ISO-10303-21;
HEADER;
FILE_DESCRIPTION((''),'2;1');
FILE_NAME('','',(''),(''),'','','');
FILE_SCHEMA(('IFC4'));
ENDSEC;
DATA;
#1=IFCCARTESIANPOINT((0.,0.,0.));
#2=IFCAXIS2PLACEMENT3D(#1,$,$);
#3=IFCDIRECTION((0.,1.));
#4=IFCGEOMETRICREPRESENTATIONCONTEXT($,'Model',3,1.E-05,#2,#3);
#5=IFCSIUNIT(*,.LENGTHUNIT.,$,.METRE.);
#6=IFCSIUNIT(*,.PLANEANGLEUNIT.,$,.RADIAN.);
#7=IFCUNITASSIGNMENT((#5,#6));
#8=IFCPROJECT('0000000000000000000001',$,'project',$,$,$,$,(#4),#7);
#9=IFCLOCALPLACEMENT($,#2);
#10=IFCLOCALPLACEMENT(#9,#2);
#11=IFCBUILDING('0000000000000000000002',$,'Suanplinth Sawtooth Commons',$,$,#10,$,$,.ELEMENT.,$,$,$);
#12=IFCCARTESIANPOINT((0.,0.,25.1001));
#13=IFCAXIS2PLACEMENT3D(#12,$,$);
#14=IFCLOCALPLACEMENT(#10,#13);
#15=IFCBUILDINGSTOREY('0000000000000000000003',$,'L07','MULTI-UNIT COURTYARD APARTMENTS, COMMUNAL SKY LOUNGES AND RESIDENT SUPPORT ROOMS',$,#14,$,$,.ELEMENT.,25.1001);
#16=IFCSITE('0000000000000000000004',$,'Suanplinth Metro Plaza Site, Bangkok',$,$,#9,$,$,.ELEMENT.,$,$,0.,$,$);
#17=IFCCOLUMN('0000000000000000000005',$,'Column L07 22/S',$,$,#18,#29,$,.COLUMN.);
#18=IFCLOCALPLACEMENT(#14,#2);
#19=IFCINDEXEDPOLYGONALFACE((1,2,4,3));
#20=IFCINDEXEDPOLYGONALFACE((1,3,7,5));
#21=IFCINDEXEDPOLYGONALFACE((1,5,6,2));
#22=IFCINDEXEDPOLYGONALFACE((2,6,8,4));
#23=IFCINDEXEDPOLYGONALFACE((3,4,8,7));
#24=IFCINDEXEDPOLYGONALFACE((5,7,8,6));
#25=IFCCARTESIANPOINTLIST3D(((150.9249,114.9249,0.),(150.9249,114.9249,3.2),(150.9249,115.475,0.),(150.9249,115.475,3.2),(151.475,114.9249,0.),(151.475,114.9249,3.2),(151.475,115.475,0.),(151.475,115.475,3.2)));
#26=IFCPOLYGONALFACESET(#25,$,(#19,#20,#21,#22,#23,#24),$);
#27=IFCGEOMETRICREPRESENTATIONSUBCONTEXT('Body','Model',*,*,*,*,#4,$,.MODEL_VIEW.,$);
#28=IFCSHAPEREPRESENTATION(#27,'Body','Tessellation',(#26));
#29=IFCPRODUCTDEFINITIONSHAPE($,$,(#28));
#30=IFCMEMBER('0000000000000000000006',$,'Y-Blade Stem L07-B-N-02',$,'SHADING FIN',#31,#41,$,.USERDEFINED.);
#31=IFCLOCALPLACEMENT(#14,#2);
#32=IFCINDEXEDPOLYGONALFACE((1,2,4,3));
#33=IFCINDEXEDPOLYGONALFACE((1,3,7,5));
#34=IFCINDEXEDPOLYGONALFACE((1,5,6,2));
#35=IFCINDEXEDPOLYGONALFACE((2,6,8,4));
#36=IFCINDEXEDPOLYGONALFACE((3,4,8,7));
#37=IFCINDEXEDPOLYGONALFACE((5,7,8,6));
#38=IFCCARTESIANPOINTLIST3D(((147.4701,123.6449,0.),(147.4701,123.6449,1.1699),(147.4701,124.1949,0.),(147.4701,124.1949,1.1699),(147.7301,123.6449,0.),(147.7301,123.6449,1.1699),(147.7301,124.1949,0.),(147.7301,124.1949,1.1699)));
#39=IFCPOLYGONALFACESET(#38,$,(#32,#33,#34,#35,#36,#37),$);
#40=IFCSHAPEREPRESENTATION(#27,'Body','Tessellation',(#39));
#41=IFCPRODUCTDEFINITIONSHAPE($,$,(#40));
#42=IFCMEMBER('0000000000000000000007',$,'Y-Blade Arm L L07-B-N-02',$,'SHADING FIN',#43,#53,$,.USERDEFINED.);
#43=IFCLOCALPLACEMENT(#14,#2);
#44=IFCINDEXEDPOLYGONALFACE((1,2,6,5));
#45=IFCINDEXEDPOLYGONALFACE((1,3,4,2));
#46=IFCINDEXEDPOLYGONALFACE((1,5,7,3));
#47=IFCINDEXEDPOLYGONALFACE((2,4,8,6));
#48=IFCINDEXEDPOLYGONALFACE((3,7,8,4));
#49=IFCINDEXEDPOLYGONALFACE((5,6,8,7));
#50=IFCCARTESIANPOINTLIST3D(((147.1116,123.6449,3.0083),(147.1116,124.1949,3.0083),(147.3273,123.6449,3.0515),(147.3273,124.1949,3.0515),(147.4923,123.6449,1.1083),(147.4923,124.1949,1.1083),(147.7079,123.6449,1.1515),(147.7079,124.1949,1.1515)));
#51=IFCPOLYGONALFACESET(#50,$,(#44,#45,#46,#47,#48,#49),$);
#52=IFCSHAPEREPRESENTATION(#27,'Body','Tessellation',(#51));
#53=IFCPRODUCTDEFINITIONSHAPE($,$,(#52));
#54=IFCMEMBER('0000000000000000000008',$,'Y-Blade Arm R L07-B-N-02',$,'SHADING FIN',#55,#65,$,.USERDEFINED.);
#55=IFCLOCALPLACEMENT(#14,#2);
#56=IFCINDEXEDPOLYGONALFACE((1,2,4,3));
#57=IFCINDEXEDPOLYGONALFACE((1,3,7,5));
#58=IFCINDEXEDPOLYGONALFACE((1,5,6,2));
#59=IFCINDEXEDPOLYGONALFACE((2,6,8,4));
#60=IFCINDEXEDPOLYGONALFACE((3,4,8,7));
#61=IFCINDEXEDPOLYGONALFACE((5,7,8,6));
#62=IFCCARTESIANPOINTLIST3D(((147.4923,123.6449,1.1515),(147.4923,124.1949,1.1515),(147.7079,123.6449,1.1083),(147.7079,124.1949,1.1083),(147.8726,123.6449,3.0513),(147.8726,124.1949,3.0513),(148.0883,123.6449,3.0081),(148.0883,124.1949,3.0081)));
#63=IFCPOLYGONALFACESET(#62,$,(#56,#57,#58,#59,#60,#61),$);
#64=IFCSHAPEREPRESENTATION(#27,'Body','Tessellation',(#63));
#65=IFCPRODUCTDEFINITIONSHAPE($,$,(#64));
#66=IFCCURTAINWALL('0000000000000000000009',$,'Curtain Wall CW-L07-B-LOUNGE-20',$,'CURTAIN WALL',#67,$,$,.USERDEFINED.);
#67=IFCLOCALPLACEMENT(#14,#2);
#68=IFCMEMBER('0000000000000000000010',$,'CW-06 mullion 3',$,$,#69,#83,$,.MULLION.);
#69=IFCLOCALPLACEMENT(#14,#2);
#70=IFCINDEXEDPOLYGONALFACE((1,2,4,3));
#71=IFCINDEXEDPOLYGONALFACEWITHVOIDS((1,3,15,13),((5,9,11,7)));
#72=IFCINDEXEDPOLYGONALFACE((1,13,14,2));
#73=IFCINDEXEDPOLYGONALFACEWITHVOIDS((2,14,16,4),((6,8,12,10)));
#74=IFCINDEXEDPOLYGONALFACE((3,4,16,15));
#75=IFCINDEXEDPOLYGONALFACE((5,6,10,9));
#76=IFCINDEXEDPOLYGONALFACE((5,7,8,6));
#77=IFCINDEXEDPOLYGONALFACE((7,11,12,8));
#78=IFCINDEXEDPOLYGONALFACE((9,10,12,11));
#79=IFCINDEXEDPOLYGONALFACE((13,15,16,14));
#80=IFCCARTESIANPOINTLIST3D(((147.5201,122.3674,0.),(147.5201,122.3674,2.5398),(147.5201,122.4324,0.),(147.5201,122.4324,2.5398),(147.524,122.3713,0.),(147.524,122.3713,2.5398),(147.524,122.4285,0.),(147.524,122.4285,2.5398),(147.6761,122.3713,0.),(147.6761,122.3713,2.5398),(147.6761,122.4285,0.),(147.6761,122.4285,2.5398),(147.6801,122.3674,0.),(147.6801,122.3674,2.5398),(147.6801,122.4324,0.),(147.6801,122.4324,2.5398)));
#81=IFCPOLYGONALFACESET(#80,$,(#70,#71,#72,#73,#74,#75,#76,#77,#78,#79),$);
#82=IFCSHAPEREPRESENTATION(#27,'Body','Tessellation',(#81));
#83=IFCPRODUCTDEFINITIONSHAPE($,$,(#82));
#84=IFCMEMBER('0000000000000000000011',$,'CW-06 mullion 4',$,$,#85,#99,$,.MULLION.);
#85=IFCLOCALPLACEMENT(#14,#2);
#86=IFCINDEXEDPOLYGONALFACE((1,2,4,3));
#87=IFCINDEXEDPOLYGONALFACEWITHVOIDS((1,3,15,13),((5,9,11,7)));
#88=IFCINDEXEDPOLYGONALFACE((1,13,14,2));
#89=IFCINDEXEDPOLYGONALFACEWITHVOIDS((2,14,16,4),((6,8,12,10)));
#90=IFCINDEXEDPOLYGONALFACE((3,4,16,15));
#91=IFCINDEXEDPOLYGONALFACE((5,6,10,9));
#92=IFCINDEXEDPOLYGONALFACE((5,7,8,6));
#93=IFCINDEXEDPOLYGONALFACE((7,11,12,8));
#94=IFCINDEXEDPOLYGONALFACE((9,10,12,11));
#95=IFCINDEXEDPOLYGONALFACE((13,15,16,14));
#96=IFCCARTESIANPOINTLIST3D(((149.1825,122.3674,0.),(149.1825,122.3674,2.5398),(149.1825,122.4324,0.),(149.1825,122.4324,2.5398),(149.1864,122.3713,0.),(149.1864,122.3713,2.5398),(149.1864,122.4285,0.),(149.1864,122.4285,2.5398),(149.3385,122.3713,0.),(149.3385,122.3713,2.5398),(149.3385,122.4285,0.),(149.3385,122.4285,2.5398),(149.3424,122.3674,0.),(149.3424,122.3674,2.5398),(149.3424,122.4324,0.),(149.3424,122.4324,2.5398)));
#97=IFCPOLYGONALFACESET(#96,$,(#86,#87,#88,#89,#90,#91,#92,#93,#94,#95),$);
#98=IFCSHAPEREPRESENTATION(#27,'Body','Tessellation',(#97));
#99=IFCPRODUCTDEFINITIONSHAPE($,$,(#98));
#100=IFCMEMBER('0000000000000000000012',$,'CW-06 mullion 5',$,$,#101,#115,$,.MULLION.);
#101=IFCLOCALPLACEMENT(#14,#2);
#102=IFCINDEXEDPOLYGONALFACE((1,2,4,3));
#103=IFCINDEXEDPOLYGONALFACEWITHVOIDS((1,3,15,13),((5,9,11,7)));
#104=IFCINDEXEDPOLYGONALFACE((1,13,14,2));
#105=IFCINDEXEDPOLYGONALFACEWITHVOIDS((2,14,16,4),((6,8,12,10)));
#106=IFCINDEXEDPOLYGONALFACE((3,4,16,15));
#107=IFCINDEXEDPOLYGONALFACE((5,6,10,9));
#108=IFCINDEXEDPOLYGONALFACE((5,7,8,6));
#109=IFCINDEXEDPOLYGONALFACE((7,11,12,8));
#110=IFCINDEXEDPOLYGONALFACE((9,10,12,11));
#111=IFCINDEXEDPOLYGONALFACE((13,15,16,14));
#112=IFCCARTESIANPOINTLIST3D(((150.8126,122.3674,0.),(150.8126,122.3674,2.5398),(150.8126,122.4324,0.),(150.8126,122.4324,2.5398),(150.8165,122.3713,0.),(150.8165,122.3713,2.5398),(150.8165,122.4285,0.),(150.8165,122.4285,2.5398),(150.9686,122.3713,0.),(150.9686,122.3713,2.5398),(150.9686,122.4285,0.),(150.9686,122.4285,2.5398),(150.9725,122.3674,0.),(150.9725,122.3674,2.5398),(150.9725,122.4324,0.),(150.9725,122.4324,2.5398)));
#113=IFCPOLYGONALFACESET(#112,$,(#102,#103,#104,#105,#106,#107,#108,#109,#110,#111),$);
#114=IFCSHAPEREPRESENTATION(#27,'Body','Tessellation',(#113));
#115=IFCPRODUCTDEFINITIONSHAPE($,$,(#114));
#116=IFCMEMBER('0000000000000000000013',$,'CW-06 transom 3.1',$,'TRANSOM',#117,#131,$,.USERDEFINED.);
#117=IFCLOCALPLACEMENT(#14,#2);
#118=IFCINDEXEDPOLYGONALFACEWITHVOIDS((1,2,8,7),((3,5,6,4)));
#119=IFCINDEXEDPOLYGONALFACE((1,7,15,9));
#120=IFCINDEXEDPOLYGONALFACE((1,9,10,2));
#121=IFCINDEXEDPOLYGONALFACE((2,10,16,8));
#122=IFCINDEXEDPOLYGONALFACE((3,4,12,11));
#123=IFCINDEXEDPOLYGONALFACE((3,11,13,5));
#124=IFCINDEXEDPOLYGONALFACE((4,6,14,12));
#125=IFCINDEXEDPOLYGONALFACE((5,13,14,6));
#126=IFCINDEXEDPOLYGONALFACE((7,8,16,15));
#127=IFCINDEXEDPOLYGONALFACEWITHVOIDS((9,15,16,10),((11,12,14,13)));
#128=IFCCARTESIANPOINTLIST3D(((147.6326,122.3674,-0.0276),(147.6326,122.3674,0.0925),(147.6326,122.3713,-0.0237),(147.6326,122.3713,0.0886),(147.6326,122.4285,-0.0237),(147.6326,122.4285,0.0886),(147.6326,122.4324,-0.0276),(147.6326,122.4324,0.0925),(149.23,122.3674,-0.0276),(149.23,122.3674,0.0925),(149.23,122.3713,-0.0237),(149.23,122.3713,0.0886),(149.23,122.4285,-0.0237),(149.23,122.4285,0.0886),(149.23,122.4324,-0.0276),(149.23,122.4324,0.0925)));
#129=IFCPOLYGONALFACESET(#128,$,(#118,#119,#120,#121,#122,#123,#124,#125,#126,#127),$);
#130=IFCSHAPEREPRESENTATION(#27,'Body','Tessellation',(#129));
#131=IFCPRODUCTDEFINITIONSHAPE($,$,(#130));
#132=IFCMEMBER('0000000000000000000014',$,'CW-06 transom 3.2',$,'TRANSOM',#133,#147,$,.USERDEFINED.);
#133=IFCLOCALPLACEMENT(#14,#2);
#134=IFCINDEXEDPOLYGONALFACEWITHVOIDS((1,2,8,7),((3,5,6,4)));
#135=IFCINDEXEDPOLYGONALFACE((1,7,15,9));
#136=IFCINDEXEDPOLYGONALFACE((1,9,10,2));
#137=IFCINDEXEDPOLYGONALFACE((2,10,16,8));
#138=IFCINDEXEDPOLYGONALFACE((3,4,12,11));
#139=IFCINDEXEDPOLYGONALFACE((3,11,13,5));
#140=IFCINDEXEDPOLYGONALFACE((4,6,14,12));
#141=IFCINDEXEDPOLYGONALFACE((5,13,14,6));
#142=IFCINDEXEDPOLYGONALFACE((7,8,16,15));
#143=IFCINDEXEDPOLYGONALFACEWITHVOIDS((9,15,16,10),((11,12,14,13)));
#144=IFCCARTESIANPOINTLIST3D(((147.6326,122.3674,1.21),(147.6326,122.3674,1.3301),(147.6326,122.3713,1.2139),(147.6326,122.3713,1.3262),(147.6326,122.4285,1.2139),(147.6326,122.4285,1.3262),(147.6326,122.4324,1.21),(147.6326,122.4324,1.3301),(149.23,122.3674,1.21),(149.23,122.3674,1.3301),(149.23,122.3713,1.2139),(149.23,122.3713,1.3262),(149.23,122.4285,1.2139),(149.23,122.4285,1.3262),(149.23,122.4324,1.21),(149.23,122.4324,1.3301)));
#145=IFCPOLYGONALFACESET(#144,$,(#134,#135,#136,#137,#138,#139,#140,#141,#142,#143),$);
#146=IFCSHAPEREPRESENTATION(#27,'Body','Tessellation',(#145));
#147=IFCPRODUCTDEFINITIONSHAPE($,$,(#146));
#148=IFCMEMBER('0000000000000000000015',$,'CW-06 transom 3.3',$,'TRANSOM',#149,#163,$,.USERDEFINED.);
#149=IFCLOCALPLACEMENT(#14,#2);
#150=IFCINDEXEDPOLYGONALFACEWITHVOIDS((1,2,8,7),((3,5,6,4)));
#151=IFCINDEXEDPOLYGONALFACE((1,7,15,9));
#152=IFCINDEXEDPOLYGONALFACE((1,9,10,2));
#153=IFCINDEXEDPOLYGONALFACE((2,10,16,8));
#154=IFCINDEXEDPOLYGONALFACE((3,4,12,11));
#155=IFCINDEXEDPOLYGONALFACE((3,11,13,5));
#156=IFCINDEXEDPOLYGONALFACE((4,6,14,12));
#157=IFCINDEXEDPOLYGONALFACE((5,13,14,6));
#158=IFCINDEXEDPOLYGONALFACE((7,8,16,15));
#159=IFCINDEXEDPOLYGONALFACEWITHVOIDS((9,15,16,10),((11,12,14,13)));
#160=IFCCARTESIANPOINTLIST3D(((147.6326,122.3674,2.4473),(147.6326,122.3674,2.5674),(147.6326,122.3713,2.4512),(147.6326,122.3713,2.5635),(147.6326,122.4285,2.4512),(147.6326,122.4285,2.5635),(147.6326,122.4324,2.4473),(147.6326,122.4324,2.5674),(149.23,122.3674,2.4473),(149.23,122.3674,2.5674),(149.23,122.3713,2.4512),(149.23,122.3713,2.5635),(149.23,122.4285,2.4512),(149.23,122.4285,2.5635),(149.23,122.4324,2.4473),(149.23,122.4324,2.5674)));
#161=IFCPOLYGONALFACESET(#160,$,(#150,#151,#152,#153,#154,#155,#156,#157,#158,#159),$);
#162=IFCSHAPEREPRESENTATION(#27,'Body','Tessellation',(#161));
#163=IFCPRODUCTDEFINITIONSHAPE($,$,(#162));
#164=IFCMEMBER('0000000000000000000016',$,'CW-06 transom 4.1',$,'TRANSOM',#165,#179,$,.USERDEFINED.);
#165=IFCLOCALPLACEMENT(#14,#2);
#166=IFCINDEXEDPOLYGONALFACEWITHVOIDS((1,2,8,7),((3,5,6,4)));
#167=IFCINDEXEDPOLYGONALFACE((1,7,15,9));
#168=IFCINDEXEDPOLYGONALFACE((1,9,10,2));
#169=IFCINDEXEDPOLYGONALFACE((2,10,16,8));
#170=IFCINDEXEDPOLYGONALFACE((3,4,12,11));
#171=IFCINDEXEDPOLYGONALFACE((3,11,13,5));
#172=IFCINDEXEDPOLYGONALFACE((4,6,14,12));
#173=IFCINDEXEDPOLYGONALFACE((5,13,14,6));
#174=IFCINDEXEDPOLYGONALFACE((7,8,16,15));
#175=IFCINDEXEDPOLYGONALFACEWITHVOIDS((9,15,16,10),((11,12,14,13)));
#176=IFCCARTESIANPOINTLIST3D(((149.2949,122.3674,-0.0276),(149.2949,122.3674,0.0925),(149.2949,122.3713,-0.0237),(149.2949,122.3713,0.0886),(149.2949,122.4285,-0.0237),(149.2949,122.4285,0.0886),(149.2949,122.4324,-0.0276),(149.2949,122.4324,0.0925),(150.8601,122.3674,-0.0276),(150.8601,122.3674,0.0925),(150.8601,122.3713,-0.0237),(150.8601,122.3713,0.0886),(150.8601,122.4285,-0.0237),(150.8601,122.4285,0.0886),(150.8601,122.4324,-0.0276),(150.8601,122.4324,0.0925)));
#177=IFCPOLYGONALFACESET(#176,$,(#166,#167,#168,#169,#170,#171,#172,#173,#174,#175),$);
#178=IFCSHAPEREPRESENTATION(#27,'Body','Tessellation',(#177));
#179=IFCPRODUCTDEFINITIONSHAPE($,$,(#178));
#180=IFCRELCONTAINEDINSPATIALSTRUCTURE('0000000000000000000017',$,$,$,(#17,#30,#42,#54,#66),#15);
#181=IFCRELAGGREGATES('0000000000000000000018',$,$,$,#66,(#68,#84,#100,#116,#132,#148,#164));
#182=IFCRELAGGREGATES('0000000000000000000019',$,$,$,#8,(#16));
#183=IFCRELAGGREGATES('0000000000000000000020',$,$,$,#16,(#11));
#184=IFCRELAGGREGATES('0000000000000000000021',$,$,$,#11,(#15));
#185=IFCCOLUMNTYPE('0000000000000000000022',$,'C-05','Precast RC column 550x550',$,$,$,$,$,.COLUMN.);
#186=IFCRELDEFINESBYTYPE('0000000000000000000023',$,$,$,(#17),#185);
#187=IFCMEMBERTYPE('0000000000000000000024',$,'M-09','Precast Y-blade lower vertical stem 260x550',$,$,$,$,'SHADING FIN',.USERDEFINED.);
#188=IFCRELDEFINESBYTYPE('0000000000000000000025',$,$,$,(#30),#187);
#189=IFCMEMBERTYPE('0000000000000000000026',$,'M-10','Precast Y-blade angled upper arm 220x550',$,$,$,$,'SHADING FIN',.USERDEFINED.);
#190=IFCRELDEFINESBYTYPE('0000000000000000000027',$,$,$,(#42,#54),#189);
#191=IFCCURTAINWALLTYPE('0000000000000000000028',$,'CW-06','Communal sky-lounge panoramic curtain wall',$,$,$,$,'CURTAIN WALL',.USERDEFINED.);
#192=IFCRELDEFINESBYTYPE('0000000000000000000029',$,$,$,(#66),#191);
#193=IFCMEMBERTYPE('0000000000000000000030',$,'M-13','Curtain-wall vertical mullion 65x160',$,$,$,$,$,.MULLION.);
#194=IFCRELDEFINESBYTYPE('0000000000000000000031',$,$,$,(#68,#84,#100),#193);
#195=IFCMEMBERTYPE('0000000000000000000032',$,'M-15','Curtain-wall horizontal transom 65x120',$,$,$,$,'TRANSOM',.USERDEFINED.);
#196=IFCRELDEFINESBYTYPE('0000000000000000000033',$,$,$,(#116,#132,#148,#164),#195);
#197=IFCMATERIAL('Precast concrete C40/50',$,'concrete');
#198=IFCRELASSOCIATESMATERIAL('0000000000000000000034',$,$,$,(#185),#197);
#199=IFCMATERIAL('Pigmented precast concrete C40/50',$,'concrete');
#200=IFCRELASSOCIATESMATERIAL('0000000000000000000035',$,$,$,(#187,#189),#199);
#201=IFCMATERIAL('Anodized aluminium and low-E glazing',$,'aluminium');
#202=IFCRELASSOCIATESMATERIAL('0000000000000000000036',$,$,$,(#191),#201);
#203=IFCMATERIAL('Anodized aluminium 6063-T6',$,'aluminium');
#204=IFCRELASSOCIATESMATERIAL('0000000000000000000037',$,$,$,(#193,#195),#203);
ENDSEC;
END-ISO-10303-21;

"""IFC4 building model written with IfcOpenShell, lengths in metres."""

from ifc_helpers import new_model, si_unit, direction, frame, origin, origin_2d, place, context, subcontext, project, spatial, rectangle, hollow_rectangle, extrude, material, material_profile, profile_set, type_object, element, aggregate, save


model = new_model("IFC4")

# Units and contexts
model_context = context("Model", 3, precision=1e-05, world=origin(), true_north=direction((0.0, 1.0)))
body_context = subcontext(model_context, "Body", "Model", "MODEL_VIEW")
ifc_project = project(units=[si_unit("LENGTHUNIT", "METRE"), si_unit("PLANEANGLEUNIT", "RADIAN")], contexts=[model_context])

# Site, building, storey
site_placement = place(None, origin())
site = spatial("IfcSite", under=ifc_project, at=site_placement, Name="Suanplinth Metro Plaza Site, Bangkok", CompositionType="ELEMENT", RefElevation=0.0)
building_placement = place(site_placement, origin())
building = spatial("IfcBuilding", under=site, at=building_placement, Name="Suanplinth Sawtooth Commons", CompositionType="ELEMENT")
storey_placement = place(building_placement, frame((0.0, 0.0, 25.1001)))
storey = spatial("IfcBuildingStorey", under=building, at=storey_placement, Name="L07", Description="MULTI-UNIT COURTYARD APARTMENTS, COMMUNAL SKY LOUNGES AND RESIDENT SUPPORT ROOMS", CompositionType="ELEMENT", Elevation=25.1001)

# Column
ifc_material_1 = material(Name="Precast concrete C40/50", Category="concrete")
ifc_material_profile_1 = material_profile(ifc_material_1, rectangle(XDim=0.55, YDim=0.55, at=origin_2d()), Name="PC-COL 550x550")
ifc_profile_set_1 = profile_set([ifc_material_profile_1], Name="Precast concrete C40/50")
column_type = type_object("IfcColumnType", Name="C-05", Description="Precast RC column 550x550", PredefinedType="COLUMN", material=ifc_profile_set_1)
column_placement = place(storey_placement, frame((151.2, 115.2, 0.0), z_axis=(0.0, 0.0, 1.0), x_axis=(1.0, 0.0, 0.0)))
element("IfcColumn", 1, at=column_placement, inside=storey, type_object=column_type, Name="Column L07 22/S", PredefinedType="COLUMN", context=body_context, shape_type="SweptSolid", body=[
    extrude(rectangle(XDim=0.55, YDim=0.55, at=origin_2d()), origin(), (0.0, 0.0, 1.0), 3.2),
])

# Members
ifc_material_2 = material(Name="Pigmented precast concrete C40/50", Category="concrete")
ifc_material_profile_2 = material_profile(ifc_material_2, rectangle(XDim=0.26, YDim=0.55, at=origin_2d()), Name="PC-FIN 260x550")
ifc_profile_set_2 = profile_set([ifc_material_profile_2], Name="Pigmented precast concrete C40/50")
member_type_1 = type_object("IfcMemberType", Name="M-09", Description="Precast Y-blade lower vertical stem 260x550", ElementType="SHADING FIN", PredefinedType="USERDEFINED", material=ifc_profile_set_2)
member_1_placement = place(storey_placement, frame((147.6001, 123.9199, 0.0), z_axis=(0.0, 0.0, 1.0), x_axis=(1.0, 0.0, 0.0)))
element("IfcMember", 2, at=member_1_placement, inside=storey, type_object=member_type_1, Name="Y-Blade Stem L07-B-N-02", ObjectType="SHADING FIN", PredefinedType="USERDEFINED", context=body_context, shape_type="SweptSolid", body=[
    extrude(rectangle(XDim=0.26, YDim=0.55, at=origin_2d()), origin(), (0.0, 0.0, 1.0), 1.1699),
])
ifc_material_profile_3 = material_profile(ifc_material_2, rectangle(XDim=0.22, YDim=0.55, at=origin_2d()), Name="PC-FIN 220x550")
ifc_profile_set_3 = profile_set([ifc_material_profile_3], Name="Pigmented precast concrete C40/50")
member_type_2 = type_object("IfcMemberType", Name="M-10", Description="Precast Y-blade angled upper arm 220x550", ElementType="SHADING FIN", PredefinedType="USERDEFINED", material=ifc_profile_set_3)
member_2_placement = place(storey_placement, frame((147.6001, 123.9199, 1.1299), z_axis=(-0.196431, 0.0, 0.980518), x_axis=(0.980518, 0.0, 0.196431)))
element("IfcMember", 3, at=member_2_placement, inside=storey, type_object=member_type_2, Name="Y-Blade Arm L L07-B-N-02", ObjectType="SHADING FIN", PredefinedType="USERDEFINED", context=body_context, shape_type="SweptSolid", body=[
    extrude(rectangle(XDim=0.22, YDim=0.55, at=origin_2d()), origin(), (0.0, 0.0, 1.0), 1.9377),
])
member_3_placement = place(storey_placement, frame((147.6001, 123.9199, 1.1299), z_axis=(0.19631, 0.0, 0.980542), x_axis=(-0.980542, 0.0, 0.19631)))
element("IfcMember", 4, at=member_3_placement, inside=storey, type_object=member_type_2, Name="Y-Blade Arm R L07-B-N-02", ObjectType="SHADING FIN", PredefinedType="USERDEFINED", context=body_context, shape_type="SweptSolid", body=[
    extrude(rectangle(XDim=0.22, YDim=0.55, at=origin_2d()), origin(), (0.0, 0.0, 1.0), 1.9375),
])

# Curtain wall, members
ifc_material_3 = material(Name="Anodized aluminium and low-E glazing", Category="aluminium")
curtain_wall_type = type_object("IfcCurtainWallType", Name="CW-06", Description="Communal sky-lounge panoramic curtain wall", ElementType="CURTAIN WALL", PredefinedType="USERDEFINED", material=ifc_material_3)
curtain_wall_placement = place(storey_placement, origin())
curtain_wall = element("IfcCurtainWall", 5, at=curtain_wall_placement, inside=storey, type_object=curtain_wall_type, Name="Curtain Wall CW-L07-B-LOUNGE-20", ObjectType="CURTAIN WALL", PredefinedType="USERDEFINED")
ifc_material_4 = material(Name="Anodized aluminium 6063-T6", Category="aluminium")
ifc_material_profile_4 = material_profile(ifc_material_4, hollow_rectangle(XDim=0.0649, YDim=0.1599, WallThickness=0.0039, at=origin_2d()), Name="ALU-MUL 65x160")
ifc_profile_set_4 = profile_set([ifc_material_profile_4], Name="Anodized aluminium 6063-T6")
member_type_3 = type_object("IfcMemberType", Name="M-13", Description="Curtain-wall vertical mullion 65x160", PredefinedType="MULLION", material=ifc_profile_set_4)
member_4_placement = place(storey_placement, frame((147.6001, 122.3999, 0.0), z_axis=(0.0, 0.0, 1.0), x_axis=(0.0, 1.0, 0.0)))
member_4 = element("IfcMember", 6, at=member_4_placement, type_object=member_type_3, Name="CW-06 mullion 3", PredefinedType="MULLION", context=body_context, shape_type="SweptSolid", body=[
    extrude(hollow_rectangle(XDim=0.0649, YDim=0.1599, WallThickness=0.0039, at=origin_2d()), origin(), (0.0, 0.0, 1.0), 2.5398),
])
member_5_placement = place(storey_placement, frame((149.2625, 122.3999, 0.0), z_axis=(0.0, 0.0, 1.0), x_axis=(0.0, 1.0, 0.0)))
member_5 = element("IfcMember", 7, at=member_5_placement, type_object=member_type_3, Name="CW-06 mullion 4", PredefinedType="MULLION", context=body_context, shape_type="SweptSolid", body=[
    extrude(hollow_rectangle(XDim=0.0649, YDim=0.1599, WallThickness=0.0039, at=origin_2d()), origin(), (0.0, 0.0, 1.0), 2.5398),
])
member_6_placement = place(storey_placement, frame((150.8926, 122.3999, 0.0), z_axis=(0.0, 0.0, 1.0), x_axis=(0.0, 1.0, 0.0)))
member_6 = element("IfcMember", 8, at=member_6_placement, type_object=member_type_3, Name="CW-06 mullion 5", PredefinedType="MULLION", context=body_context, shape_type="SweptSolid", body=[
    extrude(hollow_rectangle(XDim=0.0649, YDim=0.1599, WallThickness=0.0039, at=origin_2d()), origin(), (0.0, 0.0, 1.0), 2.5398),
])
ifc_material_profile_5 = material_profile(ifc_material_4, hollow_rectangle(XDim=0.0649, YDim=0.1201, WallThickness=0.0039, at=origin_2d()), Name="ALU-TRN 65x120")
ifc_profile_set_5 = profile_set([ifc_material_profile_5], Name="Anodized aluminium 6063-T6")
member_type_4 = type_object("IfcMemberType", Name="M-15", Description="Curtain-wall horizontal transom 65x120", ElementType="TRANSOM", PredefinedType="USERDEFINED", material=ifc_profile_set_5)
member_7_placement = place(storey_placement, frame((147.6326, 122.3999, 0.0325), z_axis=(1.0, 0.0, 0.0), x_axis=(0.0, 1.0, 0.0)))
member_7 = element("IfcMember", 9, at=member_7_placement, type_object=member_type_4, Name="CW-06 transom 3.1", ObjectType="TRANSOM", PredefinedType="USERDEFINED", context=body_context, shape_type="SweptSolid", body=[
    extrude(hollow_rectangle(XDim=0.0649, YDim=0.1201, WallThickness=0.0039, at=origin_2d()), origin(), (0.0, 0.0, 1.0), 1.5974),
])
member_8_placement = place(storey_placement, frame((147.6326, 122.3999, 1.27), z_axis=(1.0, 0.0, 0.0), x_axis=(0.0, 1.0, 0.0)))
member_8 = element("IfcMember", 10, at=member_8_placement, type_object=member_type_4, Name="CW-06 transom 3.2", ObjectType="TRANSOM", PredefinedType="USERDEFINED", context=body_context, shape_type="SweptSolid", body=[
    extrude(hollow_rectangle(XDim=0.0649, YDim=0.1201, WallThickness=0.0039, at=origin_2d()), origin(), (0.0, 0.0, 1.0), 1.5974),
])
member_9_placement = place(storey_placement, frame((147.6326, 122.3999, 2.5073), z_axis=(1.0, 0.0, 0.0), x_axis=(0.0, 1.0, 0.0)))
member_9 = element("IfcMember", 11, at=member_9_placement, type_object=member_type_4, Name="CW-06 transom 3.3", ObjectType="TRANSOM", PredefinedType="USERDEFINED", context=body_context, shape_type="SweptSolid", body=[
    extrude(hollow_rectangle(XDim=0.0649, YDim=0.1201, WallThickness=0.0039, at=origin_2d()), origin(), (0.0, 0.0, 1.0), 1.5974),
])
member_10_placement = place(storey_placement, frame((149.2949, 122.3999, 0.0325), z_axis=(1.0, 0.0, 0.0), x_axis=(0.0, 1.0, 0.0)))
member_10 = element("IfcMember", 12, at=member_10_placement, type_object=member_type_4, Name="CW-06 transom 4.1", ObjectType="TRANSOM", PredefinedType="USERDEFINED", context=body_context, shape_type="SweptSolid", body=[
    extrude(hollow_rectangle(XDim=0.0649, YDim=0.1201, WallThickness=0.0039, at=origin_2d()), origin(), (0.0, 0.0, 1.0), 1.5652),
])

aggregate(curtain_wall, [member_4, member_5, member_6, member_7, member_8, member_9, member_10])

save(model, "model.ifc")
